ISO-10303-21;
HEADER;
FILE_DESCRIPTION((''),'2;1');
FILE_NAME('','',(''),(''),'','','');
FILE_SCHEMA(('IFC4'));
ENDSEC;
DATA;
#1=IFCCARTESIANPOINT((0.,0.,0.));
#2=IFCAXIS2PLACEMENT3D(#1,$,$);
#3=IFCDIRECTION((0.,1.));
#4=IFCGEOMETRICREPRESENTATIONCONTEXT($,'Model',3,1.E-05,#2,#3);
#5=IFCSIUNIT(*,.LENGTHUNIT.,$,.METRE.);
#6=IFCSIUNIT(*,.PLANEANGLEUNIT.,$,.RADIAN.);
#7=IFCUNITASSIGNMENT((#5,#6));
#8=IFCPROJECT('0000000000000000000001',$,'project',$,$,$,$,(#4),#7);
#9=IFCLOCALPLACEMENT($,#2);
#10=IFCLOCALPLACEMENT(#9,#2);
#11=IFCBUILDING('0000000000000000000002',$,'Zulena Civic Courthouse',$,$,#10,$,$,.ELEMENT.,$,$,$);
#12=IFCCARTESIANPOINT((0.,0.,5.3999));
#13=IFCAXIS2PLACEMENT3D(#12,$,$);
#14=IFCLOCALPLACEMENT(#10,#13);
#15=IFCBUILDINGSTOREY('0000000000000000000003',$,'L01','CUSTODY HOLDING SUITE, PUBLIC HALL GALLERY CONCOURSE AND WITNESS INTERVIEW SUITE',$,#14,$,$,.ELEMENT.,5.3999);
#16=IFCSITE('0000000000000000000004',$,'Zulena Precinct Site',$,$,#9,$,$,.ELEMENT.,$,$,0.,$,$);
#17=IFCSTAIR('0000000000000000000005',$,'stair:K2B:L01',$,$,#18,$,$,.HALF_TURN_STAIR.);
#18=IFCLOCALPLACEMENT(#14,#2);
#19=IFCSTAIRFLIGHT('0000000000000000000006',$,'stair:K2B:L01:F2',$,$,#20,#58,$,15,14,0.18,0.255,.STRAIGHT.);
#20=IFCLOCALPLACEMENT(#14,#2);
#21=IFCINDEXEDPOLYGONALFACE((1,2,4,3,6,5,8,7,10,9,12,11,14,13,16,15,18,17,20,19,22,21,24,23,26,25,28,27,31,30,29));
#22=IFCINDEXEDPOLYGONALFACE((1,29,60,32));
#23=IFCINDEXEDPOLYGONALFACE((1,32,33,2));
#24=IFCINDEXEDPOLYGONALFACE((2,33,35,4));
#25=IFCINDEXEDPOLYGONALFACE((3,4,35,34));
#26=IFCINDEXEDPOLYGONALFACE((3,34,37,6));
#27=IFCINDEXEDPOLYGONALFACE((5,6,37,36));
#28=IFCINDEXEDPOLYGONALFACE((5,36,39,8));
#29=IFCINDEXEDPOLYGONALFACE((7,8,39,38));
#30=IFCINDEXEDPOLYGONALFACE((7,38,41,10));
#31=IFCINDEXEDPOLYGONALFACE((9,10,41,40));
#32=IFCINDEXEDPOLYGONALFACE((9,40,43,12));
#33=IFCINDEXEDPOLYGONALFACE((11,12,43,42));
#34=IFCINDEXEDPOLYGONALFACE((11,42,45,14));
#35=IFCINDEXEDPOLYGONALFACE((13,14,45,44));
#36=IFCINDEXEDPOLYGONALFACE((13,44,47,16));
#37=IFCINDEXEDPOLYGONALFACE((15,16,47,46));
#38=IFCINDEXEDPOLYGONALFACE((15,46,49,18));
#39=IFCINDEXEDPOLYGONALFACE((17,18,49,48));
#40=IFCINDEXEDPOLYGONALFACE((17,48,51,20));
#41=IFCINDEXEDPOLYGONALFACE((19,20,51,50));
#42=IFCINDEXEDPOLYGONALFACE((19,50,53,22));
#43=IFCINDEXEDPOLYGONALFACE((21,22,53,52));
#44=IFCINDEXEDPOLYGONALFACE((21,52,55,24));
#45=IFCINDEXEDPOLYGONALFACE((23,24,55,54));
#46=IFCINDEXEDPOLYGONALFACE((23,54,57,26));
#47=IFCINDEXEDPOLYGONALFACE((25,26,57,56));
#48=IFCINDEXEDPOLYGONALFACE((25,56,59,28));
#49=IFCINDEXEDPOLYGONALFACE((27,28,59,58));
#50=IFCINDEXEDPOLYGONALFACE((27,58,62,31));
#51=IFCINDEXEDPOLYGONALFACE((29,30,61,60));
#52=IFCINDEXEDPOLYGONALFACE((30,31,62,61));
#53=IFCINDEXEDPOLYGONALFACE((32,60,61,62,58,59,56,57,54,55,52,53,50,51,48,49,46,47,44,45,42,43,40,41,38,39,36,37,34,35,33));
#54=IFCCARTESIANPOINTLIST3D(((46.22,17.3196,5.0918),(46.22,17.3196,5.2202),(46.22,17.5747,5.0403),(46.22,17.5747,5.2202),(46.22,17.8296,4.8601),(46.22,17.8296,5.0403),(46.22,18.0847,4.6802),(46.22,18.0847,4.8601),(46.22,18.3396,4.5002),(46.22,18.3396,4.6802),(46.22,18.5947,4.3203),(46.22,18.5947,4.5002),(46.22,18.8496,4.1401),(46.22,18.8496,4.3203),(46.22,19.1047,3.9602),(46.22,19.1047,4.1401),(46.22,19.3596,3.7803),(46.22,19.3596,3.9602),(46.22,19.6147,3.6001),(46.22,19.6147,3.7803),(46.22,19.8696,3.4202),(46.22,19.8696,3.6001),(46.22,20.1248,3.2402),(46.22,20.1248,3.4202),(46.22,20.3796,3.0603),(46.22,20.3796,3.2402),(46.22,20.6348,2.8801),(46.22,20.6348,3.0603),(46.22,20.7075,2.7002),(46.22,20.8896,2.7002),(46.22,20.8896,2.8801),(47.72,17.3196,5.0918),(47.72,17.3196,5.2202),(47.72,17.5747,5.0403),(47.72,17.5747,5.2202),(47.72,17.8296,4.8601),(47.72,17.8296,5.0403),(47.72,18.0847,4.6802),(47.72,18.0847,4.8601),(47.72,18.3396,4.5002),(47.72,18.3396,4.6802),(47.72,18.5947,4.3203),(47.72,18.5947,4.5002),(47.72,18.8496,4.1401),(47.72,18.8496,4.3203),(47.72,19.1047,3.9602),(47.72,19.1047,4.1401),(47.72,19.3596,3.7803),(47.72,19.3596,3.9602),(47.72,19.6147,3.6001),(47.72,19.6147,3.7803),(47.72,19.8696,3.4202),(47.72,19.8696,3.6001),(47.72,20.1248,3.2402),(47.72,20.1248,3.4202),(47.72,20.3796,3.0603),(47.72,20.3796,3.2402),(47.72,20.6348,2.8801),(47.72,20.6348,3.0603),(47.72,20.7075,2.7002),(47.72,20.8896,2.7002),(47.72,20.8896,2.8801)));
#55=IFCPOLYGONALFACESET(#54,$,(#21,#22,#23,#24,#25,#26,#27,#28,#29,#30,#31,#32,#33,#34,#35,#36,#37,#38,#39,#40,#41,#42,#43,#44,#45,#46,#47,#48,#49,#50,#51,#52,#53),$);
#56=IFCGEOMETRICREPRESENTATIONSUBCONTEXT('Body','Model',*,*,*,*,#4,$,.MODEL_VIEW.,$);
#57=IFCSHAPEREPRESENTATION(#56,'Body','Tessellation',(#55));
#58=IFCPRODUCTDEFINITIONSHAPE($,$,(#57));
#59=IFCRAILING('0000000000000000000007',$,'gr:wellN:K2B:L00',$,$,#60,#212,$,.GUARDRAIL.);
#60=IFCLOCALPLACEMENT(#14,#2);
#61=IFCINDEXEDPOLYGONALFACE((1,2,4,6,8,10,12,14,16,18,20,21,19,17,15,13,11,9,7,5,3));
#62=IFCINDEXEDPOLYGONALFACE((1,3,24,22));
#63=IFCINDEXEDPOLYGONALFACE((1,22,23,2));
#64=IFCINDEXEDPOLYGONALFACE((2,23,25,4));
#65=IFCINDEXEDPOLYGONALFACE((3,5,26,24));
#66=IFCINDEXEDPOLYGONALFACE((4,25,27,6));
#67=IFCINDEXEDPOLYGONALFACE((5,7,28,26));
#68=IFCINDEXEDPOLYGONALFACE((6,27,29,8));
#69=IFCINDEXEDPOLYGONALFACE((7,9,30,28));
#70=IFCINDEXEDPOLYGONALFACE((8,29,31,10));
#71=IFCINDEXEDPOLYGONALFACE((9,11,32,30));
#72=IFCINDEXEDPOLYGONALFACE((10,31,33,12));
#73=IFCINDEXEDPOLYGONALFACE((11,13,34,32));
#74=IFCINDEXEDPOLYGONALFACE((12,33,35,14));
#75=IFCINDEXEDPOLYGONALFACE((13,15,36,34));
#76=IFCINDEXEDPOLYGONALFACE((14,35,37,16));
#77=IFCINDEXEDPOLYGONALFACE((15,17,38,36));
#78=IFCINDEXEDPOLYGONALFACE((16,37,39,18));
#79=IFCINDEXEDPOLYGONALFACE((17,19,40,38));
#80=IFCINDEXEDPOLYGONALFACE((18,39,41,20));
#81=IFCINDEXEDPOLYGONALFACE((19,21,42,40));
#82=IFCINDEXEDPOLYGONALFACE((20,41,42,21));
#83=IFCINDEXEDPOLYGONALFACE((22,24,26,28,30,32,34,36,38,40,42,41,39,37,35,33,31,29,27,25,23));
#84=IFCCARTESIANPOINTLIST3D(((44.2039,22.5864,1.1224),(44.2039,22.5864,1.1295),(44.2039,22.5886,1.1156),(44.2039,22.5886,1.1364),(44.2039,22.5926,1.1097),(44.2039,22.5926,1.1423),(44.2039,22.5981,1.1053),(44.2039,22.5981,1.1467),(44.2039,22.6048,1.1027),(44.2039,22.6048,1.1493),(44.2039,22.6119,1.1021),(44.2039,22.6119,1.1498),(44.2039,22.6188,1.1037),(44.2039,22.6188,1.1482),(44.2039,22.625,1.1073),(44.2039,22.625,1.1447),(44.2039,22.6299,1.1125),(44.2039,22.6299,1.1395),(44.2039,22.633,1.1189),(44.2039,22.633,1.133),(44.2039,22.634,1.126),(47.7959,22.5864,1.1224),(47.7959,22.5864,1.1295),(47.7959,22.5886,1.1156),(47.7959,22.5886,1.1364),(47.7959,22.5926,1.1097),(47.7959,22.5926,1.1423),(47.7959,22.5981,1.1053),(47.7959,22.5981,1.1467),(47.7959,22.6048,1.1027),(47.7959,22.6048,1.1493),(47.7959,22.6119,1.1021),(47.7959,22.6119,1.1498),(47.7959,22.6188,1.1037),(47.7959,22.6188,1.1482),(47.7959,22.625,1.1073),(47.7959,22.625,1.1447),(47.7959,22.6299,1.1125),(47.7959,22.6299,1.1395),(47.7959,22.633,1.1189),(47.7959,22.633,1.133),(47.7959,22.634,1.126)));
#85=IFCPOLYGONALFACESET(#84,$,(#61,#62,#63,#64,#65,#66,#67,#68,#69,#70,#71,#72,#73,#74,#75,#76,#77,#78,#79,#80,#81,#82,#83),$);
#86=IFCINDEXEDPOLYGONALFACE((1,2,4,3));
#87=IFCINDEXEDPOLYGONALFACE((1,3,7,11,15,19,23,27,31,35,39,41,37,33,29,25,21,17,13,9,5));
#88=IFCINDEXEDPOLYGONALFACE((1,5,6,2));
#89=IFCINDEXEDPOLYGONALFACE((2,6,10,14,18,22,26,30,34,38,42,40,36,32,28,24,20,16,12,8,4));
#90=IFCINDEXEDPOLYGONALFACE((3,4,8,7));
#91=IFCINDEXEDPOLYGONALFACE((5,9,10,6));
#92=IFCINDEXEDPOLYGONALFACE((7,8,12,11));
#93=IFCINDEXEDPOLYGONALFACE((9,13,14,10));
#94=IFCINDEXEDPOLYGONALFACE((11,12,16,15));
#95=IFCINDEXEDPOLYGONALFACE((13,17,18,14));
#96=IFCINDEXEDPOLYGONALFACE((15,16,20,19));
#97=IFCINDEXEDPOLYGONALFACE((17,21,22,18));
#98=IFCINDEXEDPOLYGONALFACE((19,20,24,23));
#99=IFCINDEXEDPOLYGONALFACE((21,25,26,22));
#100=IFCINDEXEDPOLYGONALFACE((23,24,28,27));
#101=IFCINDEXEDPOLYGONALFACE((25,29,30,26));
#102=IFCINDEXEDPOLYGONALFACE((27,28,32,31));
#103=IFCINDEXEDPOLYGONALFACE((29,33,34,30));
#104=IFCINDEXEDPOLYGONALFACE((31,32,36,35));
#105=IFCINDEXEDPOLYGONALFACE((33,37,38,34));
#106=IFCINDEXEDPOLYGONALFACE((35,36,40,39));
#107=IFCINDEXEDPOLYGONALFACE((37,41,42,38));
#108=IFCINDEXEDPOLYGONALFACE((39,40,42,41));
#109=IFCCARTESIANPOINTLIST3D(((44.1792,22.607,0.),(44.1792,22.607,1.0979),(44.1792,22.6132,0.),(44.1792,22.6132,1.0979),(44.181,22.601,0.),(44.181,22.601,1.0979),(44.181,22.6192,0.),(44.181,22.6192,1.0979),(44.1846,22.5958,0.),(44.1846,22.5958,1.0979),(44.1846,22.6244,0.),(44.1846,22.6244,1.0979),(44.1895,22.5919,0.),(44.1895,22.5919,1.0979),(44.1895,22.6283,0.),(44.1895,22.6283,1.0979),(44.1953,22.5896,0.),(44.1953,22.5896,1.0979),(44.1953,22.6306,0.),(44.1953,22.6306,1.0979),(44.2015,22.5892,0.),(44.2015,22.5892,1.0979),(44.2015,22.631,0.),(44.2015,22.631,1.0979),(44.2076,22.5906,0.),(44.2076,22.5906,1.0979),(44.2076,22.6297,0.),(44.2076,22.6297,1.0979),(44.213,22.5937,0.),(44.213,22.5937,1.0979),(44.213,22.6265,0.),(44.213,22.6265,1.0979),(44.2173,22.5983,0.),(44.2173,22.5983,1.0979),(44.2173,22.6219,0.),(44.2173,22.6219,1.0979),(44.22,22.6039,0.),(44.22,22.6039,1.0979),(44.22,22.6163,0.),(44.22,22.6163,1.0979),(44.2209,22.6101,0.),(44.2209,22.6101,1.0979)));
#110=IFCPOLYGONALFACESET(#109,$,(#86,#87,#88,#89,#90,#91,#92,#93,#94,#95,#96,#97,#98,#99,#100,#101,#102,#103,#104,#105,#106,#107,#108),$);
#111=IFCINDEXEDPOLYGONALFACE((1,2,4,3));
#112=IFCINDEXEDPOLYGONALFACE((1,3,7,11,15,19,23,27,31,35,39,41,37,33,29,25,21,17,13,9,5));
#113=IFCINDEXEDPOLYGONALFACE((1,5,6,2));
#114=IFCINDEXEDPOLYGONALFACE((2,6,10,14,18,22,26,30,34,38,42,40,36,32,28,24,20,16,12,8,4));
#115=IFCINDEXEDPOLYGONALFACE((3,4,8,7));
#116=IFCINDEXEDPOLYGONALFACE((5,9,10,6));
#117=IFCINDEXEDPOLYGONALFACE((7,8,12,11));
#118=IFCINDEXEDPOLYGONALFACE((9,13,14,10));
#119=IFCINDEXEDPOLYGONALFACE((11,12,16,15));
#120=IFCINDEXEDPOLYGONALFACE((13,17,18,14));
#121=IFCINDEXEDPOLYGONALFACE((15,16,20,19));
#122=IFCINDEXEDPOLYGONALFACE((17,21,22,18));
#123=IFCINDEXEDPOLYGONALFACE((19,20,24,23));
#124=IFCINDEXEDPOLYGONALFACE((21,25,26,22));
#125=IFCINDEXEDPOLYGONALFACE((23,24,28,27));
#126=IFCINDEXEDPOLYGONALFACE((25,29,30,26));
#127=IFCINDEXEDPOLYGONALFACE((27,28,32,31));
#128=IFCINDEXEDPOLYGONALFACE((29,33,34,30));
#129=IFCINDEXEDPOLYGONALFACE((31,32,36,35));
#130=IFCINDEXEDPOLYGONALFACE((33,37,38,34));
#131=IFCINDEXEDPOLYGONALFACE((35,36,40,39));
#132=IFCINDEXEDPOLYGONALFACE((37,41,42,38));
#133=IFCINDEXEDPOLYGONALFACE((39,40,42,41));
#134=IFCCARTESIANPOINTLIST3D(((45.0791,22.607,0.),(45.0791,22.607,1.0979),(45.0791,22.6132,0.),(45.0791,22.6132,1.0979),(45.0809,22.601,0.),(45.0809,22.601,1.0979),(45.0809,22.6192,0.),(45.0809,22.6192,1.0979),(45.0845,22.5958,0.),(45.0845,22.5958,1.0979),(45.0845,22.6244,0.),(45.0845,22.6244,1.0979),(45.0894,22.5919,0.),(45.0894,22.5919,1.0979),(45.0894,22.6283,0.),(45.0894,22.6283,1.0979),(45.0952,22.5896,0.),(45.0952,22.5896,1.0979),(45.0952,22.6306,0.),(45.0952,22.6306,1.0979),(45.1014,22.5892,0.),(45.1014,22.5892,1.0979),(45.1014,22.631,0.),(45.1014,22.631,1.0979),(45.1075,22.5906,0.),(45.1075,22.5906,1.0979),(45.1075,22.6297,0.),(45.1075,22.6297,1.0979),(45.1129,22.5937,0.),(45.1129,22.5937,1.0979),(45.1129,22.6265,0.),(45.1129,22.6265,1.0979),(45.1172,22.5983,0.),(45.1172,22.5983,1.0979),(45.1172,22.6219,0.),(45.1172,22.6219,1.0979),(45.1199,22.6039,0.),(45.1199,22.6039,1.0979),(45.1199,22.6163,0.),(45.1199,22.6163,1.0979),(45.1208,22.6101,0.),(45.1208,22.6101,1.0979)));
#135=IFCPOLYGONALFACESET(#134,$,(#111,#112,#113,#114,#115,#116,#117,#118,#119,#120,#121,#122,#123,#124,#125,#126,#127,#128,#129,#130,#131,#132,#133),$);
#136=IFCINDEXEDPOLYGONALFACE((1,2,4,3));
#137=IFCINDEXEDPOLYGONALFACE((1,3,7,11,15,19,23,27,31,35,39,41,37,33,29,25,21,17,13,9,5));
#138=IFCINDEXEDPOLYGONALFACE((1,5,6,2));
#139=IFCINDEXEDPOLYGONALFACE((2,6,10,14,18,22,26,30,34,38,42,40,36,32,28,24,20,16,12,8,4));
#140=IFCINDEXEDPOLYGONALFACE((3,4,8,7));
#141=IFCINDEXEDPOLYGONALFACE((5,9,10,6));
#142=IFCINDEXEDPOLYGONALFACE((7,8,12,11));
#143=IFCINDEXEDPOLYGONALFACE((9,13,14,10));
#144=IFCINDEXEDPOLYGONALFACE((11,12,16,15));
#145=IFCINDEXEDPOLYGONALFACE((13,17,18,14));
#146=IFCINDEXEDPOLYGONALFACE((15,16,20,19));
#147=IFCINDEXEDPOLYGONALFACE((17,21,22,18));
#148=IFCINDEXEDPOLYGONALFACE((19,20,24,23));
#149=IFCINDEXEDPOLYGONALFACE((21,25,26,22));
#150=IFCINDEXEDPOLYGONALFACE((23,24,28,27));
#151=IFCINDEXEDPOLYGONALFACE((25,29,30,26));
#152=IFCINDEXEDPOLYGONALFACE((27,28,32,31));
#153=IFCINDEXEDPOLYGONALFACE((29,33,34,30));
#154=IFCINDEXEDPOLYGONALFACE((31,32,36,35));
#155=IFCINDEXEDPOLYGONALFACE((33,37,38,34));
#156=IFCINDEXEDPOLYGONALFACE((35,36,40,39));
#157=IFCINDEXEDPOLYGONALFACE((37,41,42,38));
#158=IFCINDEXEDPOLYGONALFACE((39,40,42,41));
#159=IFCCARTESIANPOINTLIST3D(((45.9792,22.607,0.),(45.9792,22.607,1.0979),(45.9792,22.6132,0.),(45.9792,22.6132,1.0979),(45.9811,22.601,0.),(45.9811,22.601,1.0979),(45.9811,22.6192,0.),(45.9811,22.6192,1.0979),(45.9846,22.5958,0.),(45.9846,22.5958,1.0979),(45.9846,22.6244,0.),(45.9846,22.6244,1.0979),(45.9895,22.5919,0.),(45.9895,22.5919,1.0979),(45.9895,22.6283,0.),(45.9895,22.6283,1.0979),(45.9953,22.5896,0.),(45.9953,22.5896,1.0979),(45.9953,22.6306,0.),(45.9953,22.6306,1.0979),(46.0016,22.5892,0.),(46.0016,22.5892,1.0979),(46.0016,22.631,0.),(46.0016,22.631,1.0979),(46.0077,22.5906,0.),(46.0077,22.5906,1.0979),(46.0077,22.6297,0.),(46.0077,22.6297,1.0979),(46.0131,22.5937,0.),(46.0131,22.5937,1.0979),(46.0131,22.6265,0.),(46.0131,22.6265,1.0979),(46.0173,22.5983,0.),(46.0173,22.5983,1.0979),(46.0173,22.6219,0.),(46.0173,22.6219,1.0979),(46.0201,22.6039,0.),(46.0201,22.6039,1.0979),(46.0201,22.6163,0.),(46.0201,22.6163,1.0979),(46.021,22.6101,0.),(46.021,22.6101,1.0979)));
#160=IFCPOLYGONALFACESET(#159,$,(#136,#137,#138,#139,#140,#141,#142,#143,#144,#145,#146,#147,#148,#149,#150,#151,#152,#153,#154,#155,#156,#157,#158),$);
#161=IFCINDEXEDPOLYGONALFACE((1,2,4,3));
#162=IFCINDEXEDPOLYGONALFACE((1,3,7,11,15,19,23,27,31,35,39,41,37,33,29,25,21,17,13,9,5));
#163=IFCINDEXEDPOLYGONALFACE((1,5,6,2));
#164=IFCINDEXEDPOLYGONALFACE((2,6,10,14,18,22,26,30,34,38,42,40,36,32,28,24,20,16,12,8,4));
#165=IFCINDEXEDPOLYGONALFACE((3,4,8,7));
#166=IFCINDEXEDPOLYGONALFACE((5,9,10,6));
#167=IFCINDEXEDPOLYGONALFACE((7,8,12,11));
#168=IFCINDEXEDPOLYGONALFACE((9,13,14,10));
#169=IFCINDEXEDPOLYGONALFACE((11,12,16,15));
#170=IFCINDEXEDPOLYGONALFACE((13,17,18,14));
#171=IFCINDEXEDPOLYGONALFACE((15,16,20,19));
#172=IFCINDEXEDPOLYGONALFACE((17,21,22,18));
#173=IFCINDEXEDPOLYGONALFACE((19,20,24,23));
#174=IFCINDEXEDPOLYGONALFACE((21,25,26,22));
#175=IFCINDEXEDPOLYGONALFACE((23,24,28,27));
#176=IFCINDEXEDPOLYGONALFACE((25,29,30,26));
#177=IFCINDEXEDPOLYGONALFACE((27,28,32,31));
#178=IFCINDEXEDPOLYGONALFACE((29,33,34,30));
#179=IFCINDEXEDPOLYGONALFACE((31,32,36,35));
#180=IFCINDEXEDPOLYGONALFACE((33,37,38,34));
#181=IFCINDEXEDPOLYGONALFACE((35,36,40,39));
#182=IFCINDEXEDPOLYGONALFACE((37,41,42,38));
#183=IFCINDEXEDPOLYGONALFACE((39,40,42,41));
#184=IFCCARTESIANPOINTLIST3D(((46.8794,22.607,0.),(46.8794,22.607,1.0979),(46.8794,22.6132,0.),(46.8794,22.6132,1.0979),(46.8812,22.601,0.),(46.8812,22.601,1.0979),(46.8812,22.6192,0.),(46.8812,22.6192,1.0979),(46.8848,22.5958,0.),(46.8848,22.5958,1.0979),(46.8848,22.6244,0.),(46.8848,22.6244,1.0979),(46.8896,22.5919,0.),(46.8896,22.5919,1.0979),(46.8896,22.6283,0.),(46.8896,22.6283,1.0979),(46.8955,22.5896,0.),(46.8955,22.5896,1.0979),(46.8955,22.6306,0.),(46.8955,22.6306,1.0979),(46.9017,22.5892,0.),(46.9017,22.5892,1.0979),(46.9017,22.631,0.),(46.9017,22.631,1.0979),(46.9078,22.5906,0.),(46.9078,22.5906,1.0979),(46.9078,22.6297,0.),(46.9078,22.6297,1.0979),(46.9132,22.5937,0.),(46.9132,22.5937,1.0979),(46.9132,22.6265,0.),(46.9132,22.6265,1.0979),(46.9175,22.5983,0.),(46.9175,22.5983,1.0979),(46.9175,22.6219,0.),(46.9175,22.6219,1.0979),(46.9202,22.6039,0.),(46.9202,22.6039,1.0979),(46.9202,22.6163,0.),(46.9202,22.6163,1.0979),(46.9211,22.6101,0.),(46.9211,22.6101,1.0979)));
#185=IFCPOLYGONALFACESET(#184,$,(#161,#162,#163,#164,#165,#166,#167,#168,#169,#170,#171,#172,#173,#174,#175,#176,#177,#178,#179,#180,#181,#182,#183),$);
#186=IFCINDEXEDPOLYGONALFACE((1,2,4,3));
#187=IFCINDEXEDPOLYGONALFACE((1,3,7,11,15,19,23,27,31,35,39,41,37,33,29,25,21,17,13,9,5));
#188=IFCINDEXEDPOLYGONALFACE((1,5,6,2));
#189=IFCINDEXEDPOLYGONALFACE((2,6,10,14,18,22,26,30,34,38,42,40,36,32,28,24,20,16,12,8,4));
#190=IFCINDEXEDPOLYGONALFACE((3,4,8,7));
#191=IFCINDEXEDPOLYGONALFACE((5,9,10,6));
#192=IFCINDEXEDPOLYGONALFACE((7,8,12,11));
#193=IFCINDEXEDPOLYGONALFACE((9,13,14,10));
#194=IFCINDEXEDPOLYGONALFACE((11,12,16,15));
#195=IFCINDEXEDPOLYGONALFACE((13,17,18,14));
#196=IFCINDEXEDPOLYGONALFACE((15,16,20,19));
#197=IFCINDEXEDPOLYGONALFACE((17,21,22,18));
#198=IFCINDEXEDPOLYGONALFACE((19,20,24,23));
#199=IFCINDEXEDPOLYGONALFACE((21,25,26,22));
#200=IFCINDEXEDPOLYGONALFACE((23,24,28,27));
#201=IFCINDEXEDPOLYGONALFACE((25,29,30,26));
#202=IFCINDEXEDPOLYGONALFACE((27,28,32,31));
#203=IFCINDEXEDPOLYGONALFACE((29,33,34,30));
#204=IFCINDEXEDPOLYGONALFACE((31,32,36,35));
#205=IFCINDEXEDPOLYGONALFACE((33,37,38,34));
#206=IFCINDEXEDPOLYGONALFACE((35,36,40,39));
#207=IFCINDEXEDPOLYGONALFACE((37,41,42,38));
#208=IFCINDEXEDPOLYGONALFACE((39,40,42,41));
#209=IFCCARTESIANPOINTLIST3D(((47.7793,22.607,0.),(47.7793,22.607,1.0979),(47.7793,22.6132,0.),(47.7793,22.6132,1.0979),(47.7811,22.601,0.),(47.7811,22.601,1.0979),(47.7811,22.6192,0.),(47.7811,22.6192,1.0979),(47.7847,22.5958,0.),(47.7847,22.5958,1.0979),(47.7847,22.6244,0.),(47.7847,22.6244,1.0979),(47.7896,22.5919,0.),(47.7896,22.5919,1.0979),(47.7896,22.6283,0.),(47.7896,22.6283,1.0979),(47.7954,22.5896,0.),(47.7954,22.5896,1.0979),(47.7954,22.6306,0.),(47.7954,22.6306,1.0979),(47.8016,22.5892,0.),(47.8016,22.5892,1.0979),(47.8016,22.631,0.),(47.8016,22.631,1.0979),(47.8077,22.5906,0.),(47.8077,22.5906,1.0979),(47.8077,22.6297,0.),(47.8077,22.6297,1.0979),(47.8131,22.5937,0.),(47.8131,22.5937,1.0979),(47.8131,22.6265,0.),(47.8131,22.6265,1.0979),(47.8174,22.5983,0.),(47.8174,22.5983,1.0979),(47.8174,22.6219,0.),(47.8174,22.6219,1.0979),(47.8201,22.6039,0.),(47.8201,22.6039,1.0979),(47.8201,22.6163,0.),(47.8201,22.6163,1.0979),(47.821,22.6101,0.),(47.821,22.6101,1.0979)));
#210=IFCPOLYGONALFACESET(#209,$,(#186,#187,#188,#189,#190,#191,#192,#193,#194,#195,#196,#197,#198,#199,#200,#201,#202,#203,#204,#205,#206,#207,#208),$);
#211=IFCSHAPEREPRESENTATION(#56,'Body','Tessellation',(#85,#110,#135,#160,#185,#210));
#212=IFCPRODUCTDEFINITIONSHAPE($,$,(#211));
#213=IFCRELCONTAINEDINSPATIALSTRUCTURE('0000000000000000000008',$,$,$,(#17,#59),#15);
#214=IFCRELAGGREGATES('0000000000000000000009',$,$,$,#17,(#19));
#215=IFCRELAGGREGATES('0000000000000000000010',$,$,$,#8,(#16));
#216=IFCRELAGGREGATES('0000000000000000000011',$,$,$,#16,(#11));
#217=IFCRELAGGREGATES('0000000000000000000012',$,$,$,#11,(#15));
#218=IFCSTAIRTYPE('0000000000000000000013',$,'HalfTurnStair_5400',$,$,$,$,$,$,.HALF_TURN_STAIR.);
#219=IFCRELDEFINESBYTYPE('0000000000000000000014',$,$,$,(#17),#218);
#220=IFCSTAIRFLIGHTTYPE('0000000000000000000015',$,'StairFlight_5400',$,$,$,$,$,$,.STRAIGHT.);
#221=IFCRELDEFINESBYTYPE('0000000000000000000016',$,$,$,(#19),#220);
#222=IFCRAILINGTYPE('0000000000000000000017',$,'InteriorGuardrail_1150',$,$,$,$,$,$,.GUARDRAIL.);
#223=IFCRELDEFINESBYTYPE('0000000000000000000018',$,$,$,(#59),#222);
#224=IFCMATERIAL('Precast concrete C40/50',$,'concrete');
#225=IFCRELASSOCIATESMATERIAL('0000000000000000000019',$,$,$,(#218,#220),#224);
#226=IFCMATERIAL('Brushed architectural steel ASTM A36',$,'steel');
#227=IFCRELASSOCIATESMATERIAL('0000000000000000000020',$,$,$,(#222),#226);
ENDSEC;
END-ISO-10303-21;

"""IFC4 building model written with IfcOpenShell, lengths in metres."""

from ifc_helpers import new_model, si_unit, direction, frame, origin, origin_2d, place, context, subcontext, project, spatial, polyline, circle, outline, extrude, material, type_object, element, aggregate, save


model = new_model("IFC4")

# Units and contexts
model_context = context("Model", 3, precision=1e-05, world=origin(), true_north=direction((0.0, 1.0)))
body_context = subcontext(model_context, "Body", "Model", "MODEL_VIEW")
ifc_project = project(units=[si_unit("LENGTHUNIT", "METRE"), si_unit("PLANEANGLEUNIT", "RADIAN")], contexts=[model_context])

# Site, building, storey
site_placement = place(None, origin())
site = spatial("IfcSite", under=ifc_project, at=site_placement, Name="Zulena Precinct Site", CompositionType="ELEMENT", RefElevation=0.0)
building_placement = place(site_placement, origin())
building = spatial("IfcBuilding", under=site, at=building_placement, Name="Zulena Civic Courthouse", CompositionType="ELEMENT")
storey_placement = place(building_placement, frame((0.0, 0.0, 5.3999)))
storey = spatial("IfcBuildingStorey", under=building, at=storey_placement, Name="L01", Description="CUSTODY HOLDING SUITE, PUBLIC HALL GALLERY CONCOURSE AND WITNESS INTERVIEW SUITE", CompositionType="ELEMENT", Elevation=5.3999)

# Stair, stair flight
ifc_material_1 = material(Name="Precast concrete C40/50", Category="concrete")
stair_type = type_object("IfcStairType", Name="HalfTurnStair_5400", PredefinedType="HALF_TURN_STAIR", material=ifc_material_1)
stair_placement = place(storey_placement, origin())
stair = element("IfcStair", 1, at=stair_placement, inside=storey, type_object=stair_type, Name="stair:K2B:L01", PredefinedType="HALF_TURN_STAIR")
stair_flight_type = type_object("IfcStairFlightType", Name="StairFlight_5400", PredefinedType="STRAIGHT", material=ifc_material_1)
stair_flight_1_placement = place(storey_placement, frame((46.97, 20.8896, 2.7002), z_axis=(0.0, 0.0, 1.0), x_axis=(0.0, -1.0, 0.0)))
stair_flight_1 = element("IfcStairFlight", 2, at=stair_flight_1_placement, type_object=stair_flight_type, Name="stair:K2B:L01:F2", NumberOfRisers=15, NumberOfTreads=14, PredefinedType="STRAIGHT", RiserHeight=0.18, TreadLength=0.255, context=body_context, shape_type="SweptSolid", body=[
    extrude(outline(polyline([(0.0, 0.0), (0.0, 0.1799), (0.2549, 0.1799), (0.2549, 0.3601), (0.51, 0.3601), (0.51, 0.54), (0.7649, 0.54), (0.7649, 0.72), (1.02, 0.72), (1.02, 0.8999), (1.2749, 0.8999), (1.2749, 1.0801), (1.53, 1.0801), (1.53, 1.26), (1.7849, 1.26), (1.7849, 1.4399), (2.04, 1.4399), (2.04, 1.6201), (2.2949, 1.6201), (2.2949, 1.8), (2.55, 1.8), (2.55, 1.98), (2.8049, 1.98), (2.8049, 2.1599), (3.0601, 2.1599), (3.0601, 2.3401), (3.3149, 2.3401), (3.3149, 2.52), (3.5701, 2.52), (3.5701, 2.7), (3.5701, 2.3916), (0.1821, 0.0), (0.0, 0.0)])), frame((0.0, 0.75, 0.0), z_axis=(0.0, -1.0, 0.0), x_axis=(1.0, 0.0, 0.0)), (0.0, 0.0, 1.0), 1.5),
])
aggregate(stair, [stair_flight_1])

# Railing
ifc_material_2 = material(Name="Brushed architectural steel ASTM A36", Category="steel")
railing_type_1 = type_object("IfcRailingType", Name="InteriorGuardrail_1150", PredefinedType="GUARDRAIL", material=ifc_material_2)
railing_1_placement = place(storey_placement, frame((44.2, 22.6101, 0.0)))
element("IfcRailing", 3, at=railing_1_placement, inside=storey, type_object=railing_type_1, Name="gr:wellN:K2B:L00", PredefinedType="GUARDRAIL", context=body_context, shape_type="SweptSolid", body=[
    extrude(circle(Radius=0.0239, at=origin_2d()), frame((0.0039, 0.0, 1.126), z_axis=(1.0, 0.0, 0.0), x_axis=(0.0, 1.0, 0.0)), (0.0, 0.0, 1.0), 3.592),
    extrude(circle(Radius=0.021, at=origin_2d()), origin(), (0.0, 0.0, 1.0), 1.0979),
    extrude(circle(Radius=0.021, at=origin_2d()), frame((0.8999, 0.0, 0.0)), (0.0, 0.0, 1.0), 1.0979),
    extrude(circle(Radius=0.021, at=origin_2d()), frame((1.8, 0.0, 0.0)), (0.0, 0.0, 1.0), 1.0979),
    extrude(circle(Radius=0.021, at=origin_2d()), frame((2.7002, 0.0, 0.0)), (0.0, 0.0, 1.0), 1.0979),
    extrude(circle(Radius=0.021, at=origin_2d()), frame((3.6001, 0.0, 0.0)), (0.0, 0.0, 1.0), 1.0979),
])

save(model, "model.ifc")
